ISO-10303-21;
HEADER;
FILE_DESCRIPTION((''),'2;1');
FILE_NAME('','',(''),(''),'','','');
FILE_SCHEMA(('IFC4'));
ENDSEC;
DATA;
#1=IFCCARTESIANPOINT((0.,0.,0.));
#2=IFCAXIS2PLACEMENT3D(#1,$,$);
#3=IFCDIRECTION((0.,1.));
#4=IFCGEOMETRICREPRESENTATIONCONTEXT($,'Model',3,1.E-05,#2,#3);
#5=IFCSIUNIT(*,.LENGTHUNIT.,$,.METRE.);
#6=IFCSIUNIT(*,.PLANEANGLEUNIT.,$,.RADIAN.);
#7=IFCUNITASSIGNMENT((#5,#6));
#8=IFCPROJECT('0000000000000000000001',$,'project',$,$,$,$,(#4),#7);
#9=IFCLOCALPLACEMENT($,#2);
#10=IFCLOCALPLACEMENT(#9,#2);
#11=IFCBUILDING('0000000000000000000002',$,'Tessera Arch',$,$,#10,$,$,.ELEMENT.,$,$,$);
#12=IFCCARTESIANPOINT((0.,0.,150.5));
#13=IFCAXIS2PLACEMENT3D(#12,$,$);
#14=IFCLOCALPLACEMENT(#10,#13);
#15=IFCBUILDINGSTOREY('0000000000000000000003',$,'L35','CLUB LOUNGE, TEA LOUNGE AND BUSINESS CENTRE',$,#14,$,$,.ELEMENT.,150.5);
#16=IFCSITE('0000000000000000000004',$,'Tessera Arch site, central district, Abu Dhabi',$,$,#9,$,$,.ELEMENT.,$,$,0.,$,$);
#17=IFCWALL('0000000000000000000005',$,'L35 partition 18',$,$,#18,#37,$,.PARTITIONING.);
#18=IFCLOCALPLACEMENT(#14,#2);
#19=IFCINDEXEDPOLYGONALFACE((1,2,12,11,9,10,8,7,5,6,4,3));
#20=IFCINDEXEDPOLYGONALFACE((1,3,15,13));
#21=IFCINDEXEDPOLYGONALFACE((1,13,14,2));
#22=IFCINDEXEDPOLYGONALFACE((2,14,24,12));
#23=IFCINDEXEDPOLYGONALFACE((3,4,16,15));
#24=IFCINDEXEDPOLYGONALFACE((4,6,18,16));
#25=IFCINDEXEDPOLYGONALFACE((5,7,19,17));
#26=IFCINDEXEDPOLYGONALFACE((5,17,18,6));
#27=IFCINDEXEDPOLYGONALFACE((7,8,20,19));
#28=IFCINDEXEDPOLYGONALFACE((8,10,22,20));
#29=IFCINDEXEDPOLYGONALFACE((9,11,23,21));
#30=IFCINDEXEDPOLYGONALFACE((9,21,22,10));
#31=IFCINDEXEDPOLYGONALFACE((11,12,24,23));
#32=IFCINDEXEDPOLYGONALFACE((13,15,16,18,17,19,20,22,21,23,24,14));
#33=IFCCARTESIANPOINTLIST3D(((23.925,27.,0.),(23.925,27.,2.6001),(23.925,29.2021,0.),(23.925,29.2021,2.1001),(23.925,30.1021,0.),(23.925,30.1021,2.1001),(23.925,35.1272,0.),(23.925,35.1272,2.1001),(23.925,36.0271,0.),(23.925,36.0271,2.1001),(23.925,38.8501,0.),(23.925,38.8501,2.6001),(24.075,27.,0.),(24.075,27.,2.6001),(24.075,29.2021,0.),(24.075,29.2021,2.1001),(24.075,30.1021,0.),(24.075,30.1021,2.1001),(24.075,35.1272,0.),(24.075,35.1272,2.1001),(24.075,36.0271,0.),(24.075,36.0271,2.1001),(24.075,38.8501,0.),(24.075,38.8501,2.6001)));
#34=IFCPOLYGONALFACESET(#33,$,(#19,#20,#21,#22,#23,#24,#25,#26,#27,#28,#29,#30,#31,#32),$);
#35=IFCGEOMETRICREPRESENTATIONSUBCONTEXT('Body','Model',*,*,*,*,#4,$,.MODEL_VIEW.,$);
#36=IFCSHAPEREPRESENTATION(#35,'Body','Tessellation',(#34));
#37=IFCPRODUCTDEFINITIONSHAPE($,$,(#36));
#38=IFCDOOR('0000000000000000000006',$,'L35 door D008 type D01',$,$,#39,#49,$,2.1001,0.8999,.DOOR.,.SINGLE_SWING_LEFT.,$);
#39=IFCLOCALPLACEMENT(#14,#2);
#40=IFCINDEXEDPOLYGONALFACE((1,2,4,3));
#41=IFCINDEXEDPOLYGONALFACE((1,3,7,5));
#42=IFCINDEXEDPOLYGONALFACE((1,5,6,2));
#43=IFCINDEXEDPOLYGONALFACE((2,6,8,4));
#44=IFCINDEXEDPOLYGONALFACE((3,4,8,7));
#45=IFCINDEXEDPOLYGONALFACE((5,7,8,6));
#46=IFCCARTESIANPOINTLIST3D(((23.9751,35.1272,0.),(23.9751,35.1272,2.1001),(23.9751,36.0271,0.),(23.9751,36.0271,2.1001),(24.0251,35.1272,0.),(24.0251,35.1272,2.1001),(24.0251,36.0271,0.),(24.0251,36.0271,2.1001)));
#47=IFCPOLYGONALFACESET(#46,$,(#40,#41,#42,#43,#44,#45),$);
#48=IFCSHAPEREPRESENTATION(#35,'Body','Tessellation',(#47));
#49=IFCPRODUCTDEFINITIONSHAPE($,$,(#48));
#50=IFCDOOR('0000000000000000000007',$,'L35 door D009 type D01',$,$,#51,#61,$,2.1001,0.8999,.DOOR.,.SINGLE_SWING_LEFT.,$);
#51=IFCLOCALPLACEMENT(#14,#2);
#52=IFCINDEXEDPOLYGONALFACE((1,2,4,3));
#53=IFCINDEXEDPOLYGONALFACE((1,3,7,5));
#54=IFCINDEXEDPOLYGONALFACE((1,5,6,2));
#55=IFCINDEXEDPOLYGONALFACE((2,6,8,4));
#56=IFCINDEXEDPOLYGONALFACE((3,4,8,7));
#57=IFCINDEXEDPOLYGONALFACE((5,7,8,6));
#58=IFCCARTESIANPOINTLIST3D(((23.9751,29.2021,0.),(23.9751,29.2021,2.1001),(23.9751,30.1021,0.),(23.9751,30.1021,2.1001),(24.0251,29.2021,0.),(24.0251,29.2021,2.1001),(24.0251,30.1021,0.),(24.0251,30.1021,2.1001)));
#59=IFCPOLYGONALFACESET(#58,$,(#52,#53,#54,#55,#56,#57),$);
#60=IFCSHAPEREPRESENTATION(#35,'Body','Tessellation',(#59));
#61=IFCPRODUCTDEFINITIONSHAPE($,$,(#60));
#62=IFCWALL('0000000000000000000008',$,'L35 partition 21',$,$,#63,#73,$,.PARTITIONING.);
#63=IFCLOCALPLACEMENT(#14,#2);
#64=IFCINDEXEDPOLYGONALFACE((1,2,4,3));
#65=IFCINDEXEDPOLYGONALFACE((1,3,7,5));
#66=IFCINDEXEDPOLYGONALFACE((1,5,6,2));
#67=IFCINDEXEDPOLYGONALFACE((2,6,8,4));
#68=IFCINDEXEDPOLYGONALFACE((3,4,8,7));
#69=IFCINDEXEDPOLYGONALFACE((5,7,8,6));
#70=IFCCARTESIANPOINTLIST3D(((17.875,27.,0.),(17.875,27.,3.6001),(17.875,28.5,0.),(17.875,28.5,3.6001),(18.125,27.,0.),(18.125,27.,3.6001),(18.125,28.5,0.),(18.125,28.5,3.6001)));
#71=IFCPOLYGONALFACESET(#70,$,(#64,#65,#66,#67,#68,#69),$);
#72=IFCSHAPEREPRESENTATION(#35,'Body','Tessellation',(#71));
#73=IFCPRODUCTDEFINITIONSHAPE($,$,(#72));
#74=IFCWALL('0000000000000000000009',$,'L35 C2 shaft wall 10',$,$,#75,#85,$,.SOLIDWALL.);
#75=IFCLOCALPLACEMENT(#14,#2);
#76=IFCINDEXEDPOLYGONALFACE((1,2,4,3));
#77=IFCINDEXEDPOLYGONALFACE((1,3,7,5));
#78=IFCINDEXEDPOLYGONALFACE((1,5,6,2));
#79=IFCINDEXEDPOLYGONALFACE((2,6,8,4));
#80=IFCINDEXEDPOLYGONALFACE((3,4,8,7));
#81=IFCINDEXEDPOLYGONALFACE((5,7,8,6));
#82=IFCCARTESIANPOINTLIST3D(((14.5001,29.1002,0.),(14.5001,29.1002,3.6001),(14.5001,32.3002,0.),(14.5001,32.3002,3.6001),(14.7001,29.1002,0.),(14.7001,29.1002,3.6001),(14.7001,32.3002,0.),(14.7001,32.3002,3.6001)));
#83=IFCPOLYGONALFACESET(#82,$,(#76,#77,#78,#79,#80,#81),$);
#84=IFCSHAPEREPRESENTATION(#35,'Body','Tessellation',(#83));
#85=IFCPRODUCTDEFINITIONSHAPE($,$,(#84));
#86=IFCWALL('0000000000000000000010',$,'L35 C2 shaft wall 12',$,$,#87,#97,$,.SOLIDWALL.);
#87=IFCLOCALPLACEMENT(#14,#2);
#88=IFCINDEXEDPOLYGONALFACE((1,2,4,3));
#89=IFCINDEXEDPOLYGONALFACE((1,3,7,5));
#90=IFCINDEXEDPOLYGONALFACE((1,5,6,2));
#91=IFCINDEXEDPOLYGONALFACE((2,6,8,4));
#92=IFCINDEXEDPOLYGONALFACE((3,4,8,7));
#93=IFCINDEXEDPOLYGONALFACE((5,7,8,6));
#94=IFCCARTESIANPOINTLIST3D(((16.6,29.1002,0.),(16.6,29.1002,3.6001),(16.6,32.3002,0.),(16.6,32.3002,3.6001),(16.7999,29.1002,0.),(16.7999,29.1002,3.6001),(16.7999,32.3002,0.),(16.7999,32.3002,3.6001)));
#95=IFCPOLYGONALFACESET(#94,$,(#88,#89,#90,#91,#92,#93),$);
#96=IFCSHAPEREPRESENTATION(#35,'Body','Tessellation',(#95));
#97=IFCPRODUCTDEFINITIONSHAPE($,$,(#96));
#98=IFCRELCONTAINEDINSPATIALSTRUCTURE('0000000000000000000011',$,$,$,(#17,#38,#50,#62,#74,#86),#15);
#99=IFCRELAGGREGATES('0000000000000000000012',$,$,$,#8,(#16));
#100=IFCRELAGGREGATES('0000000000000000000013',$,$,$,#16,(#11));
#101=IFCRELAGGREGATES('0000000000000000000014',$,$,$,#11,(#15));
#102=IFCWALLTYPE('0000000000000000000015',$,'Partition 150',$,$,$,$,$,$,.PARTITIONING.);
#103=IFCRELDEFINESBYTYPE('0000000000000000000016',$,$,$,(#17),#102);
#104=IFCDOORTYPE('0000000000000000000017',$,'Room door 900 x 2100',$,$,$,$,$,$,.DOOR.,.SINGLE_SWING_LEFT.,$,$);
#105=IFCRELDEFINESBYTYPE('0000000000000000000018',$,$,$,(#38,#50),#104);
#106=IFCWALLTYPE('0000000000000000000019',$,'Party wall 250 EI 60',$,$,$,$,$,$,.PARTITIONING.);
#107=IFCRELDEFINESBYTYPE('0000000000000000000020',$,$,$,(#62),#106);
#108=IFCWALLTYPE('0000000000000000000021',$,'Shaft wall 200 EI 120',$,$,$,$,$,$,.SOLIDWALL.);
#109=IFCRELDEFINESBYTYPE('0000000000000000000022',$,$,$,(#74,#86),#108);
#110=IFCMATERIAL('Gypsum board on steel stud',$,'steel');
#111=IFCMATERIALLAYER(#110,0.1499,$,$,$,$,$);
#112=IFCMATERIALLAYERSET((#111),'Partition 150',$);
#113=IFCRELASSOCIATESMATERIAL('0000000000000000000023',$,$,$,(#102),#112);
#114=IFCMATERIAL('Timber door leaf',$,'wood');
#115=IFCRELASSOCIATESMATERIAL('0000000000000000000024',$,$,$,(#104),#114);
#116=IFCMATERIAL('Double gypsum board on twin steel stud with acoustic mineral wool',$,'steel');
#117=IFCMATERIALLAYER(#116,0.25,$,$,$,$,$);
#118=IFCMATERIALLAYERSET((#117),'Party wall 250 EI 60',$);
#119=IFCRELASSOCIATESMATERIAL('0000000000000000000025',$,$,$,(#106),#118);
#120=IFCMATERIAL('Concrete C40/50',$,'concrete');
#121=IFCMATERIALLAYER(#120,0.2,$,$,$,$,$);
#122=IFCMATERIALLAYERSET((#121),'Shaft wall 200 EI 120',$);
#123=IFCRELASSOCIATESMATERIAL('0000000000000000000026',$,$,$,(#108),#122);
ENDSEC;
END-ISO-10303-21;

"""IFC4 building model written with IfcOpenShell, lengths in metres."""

from ifc_helpers import new_model, si_unit, direction, frame, frame_2d, origin, place, context, subcontext, project, spatial, rectangle, extrude, material, layer, layer_set, type_object, element, fill, save


model = new_model("IFC4")

# Units and contexts
model_context = context("Model", 3, precision=1e-05, world=origin(), true_north=direction((0.0, 1.0)))
body_context = subcontext(model_context, "Body", "Model", "MODEL_VIEW")
ifc_project = project(units=[si_unit("LENGTHUNIT", "METRE"), si_unit("PLANEANGLEUNIT", "RADIAN")], contexts=[model_context])

# Site, building, storey
site_placement = place(None, origin())
site = spatial("IfcSite", under=ifc_project, at=site_placement, Name="Tessera Arch site, central district, Abu Dhabi", CompositionType="ELEMENT", RefElevation=0.0)
building_placement = place(site_placement, origin())
building = spatial("IfcBuilding", under=site, at=building_placement, Name="Tessera Arch", CompositionType="ELEMENT")
storey_placement = place(building_placement, frame((0.0, 0.0, 150.5)))
storey = spatial("IfcBuildingStorey", under=building, at=storey_placement, Name="L35", Description="CLUB LOUNGE, TEA LOUNGE AND BUSINESS CENTRE", CompositionType="ELEMENT", Elevation=150.5)

# Wall, openings, doors
ifc_material_1 = material(Name="Gypsum board on steel stud", Category="steel")
ifc_layer_1 = layer(ifc_material_1, 0.1499)
ifc_layer_set_1 = layer_set([ifc_layer_1], Name="Partition 150")
wall_type_1 = type_object("IfcWallType", Name="Partition 150", PredefinedType="PARTITIONING", material=ifc_layer_set_1)
wall_1_placement = place(storey_placement, frame((24.0, 27.0, 0.0), z_axis=(0.0, 0.0, 1.0), x_axis=(0.0, 1.0, 0.0)))
wall_1 = element("IfcWall", 1, at=wall_1_placement, inside=storey, type_object=wall_type_1, Name="L35 partition 18", PredefinedType="PARTITIONING", context=body_context, shape_type="SweptSolid", body=[
    extrude(rectangle(XDim=11.8501, YDim=0.1499, at=frame_2d((5.925, 0.0))), origin(), (0.0, 0.0, 1.0), 2.6001),
])
opening_1_placement = place(wall_1_placement, frame((8.1272, 0.0, 0.0)))
opening_1 = element("IfcOpeningElement", 2, at=opening_1_placement, cuts=wall_1, PredefinedType="OPENING", context=body_context, shape_type="SweptSolid", body=[
    extrude(rectangle(XDim=0.8999, YDim=2.1001, at=frame_2d((0.45, 1.05))), frame((0.0, 0.085, 0.0), z_axis=(0.0, -1.0, 0.0), x_axis=(1.0, 0.0, 0.0)), (0.0, 0.0, 1.0), 0.1699),
])
opening_2_placement = place(wall_1_placement, frame((2.2021, 0.0, 0.0)))
opening_2 = element("IfcOpeningElement", 3, at=opening_2_placement, cuts=wall_1, PredefinedType="OPENING", context=body_context, shape_type="SweptSolid", body=[
    extrude(rectangle(XDim=0.8999, YDim=2.1001, at=frame_2d((0.45, 1.05))), frame((0.0, 0.085, 0.0), z_axis=(0.0, -1.0, 0.0), x_axis=(1.0, 0.0, 0.0)), (0.0, 0.0, 1.0), 0.1699),
])
ifc_material_2 = material(Name="Timber door leaf", Category="wood")
door_type_1 = type_object("IfcDoorType", Name="Room door 900 x 2100", OperationType="SINGLE_SWING_LEFT", PredefinedType="DOOR", material=ifc_material_2)
door_1_placement = place(opening_1_placement, origin())
door_1 = element("IfcDoor", 4, at=door_1_placement, inside=storey, type_object=door_type_1, Name="L35 door D008 type D01", OperationType="SINGLE_SWING_LEFT", OverallHeight=2.1001, OverallWidth=0.8999, PredefinedType="DOOR", context=body_context, shape_type="SweptSolid", body=[
    extrude(rectangle(XDim=0.8999, YDim=2.1001, at=frame_2d((0.45, 1.05))), frame((0.0, 0.0249, 0.0), z_axis=(0.0, -1.0, 0.0), x_axis=(1.0, 0.0, 0.0)), (0.0, 0.0, 1.0), 0.05),
])
fill(opening_1, door_1)
door_2_placement = place(opening_2_placement, origin())
door_2 = element("IfcDoor", 5, at=door_2_placement, inside=storey, type_object=door_type_1, Name="L35 door D009 type D01", OperationType="SINGLE_SWING_LEFT", OverallHeight=2.1001, OverallWidth=0.8999, PredefinedType="DOOR", context=body_context, shape_type="SweptSolid", body=[
    extrude(rectangle(XDim=0.8999, YDim=2.1001, at=frame_2d((0.45, 1.05))), frame((0.0, 0.0249, 0.0), z_axis=(0.0, -1.0, 0.0), x_axis=(1.0, 0.0, 0.0)), (0.0, 0.0, 1.0), 0.05),
])
fill(opening_2, door_2)

# Walls
ifc_material_3 = material(Name="Double gypsum board on twin steel stud with acoustic mineral wool", Category="steel")
ifc_layer_2 = layer(ifc_material_3, 0.25)
ifc_layer_set_2 = layer_set([ifc_layer_2], Name="Party wall 250 EI 60")
wall_type_2 = type_object("IfcWallType", Name="Party wall 250 EI 60", PredefinedType="PARTITIONING", material=ifc_layer_set_2)
wall_2_placement = place(storey_placement, frame((18.0, 27.0, 0.0), z_axis=(0.0, 0.0, 1.0), x_axis=(0.0, 1.0, 0.0)))
element("IfcWall", 6, at=wall_2_placement, inside=storey, type_object=wall_type_2, Name="L35 partition 21", PredefinedType="PARTITIONING", context=body_context, shape_type="SweptSolid", body=[
    extrude(rectangle(XDim=1.5, YDim=0.25, at=frame_2d((0.75, 0.0))), origin(), (0.0, 0.0, 1.0), 3.6001),
])
ifc_material_4 = material(Name="Concrete C40/50", Category="concrete")
ifc_layer_3 = layer(ifc_material_4, 0.2)
ifc_layer_set_3 = layer_set([ifc_layer_3], Name="Shaft wall 200 EI 120")
wall_type_3 = type_object("IfcWallType", Name="Shaft wall 200 EI 120", PredefinedType="SOLIDWALL", material=ifc_layer_set_3)
for number, where, z_axis, x_axis, name in (
    (7, (14.6001, 29.1001, 0.0), (0.0, 0.0, 1.0), (0.0, 1.0, 0.0), "L35 C2 shaft wall 10"),
    (8, (16.7, 29.1001, 0.0), (0.0, 0.0, 1.0), (0.0, 1.0, 0.0), "L35 C2 shaft wall 12"),
):
    element("IfcWall", number, at=place(storey_placement, frame(where, z_axis=z_axis, x_axis=x_axis)), inside=storey, type_object=wall_type_3, Name=name, PredefinedType="SOLIDWALL", context=body_context, shape_type="SweptSolid", body=[
        extrude(rectangle(XDim=3.2, YDim=0.2, at=frame_2d((1.6001, 0.0))), origin(), (0.0, 0.0, 1.0), 3.6001),
    ])

save(model, "model.ifc")
